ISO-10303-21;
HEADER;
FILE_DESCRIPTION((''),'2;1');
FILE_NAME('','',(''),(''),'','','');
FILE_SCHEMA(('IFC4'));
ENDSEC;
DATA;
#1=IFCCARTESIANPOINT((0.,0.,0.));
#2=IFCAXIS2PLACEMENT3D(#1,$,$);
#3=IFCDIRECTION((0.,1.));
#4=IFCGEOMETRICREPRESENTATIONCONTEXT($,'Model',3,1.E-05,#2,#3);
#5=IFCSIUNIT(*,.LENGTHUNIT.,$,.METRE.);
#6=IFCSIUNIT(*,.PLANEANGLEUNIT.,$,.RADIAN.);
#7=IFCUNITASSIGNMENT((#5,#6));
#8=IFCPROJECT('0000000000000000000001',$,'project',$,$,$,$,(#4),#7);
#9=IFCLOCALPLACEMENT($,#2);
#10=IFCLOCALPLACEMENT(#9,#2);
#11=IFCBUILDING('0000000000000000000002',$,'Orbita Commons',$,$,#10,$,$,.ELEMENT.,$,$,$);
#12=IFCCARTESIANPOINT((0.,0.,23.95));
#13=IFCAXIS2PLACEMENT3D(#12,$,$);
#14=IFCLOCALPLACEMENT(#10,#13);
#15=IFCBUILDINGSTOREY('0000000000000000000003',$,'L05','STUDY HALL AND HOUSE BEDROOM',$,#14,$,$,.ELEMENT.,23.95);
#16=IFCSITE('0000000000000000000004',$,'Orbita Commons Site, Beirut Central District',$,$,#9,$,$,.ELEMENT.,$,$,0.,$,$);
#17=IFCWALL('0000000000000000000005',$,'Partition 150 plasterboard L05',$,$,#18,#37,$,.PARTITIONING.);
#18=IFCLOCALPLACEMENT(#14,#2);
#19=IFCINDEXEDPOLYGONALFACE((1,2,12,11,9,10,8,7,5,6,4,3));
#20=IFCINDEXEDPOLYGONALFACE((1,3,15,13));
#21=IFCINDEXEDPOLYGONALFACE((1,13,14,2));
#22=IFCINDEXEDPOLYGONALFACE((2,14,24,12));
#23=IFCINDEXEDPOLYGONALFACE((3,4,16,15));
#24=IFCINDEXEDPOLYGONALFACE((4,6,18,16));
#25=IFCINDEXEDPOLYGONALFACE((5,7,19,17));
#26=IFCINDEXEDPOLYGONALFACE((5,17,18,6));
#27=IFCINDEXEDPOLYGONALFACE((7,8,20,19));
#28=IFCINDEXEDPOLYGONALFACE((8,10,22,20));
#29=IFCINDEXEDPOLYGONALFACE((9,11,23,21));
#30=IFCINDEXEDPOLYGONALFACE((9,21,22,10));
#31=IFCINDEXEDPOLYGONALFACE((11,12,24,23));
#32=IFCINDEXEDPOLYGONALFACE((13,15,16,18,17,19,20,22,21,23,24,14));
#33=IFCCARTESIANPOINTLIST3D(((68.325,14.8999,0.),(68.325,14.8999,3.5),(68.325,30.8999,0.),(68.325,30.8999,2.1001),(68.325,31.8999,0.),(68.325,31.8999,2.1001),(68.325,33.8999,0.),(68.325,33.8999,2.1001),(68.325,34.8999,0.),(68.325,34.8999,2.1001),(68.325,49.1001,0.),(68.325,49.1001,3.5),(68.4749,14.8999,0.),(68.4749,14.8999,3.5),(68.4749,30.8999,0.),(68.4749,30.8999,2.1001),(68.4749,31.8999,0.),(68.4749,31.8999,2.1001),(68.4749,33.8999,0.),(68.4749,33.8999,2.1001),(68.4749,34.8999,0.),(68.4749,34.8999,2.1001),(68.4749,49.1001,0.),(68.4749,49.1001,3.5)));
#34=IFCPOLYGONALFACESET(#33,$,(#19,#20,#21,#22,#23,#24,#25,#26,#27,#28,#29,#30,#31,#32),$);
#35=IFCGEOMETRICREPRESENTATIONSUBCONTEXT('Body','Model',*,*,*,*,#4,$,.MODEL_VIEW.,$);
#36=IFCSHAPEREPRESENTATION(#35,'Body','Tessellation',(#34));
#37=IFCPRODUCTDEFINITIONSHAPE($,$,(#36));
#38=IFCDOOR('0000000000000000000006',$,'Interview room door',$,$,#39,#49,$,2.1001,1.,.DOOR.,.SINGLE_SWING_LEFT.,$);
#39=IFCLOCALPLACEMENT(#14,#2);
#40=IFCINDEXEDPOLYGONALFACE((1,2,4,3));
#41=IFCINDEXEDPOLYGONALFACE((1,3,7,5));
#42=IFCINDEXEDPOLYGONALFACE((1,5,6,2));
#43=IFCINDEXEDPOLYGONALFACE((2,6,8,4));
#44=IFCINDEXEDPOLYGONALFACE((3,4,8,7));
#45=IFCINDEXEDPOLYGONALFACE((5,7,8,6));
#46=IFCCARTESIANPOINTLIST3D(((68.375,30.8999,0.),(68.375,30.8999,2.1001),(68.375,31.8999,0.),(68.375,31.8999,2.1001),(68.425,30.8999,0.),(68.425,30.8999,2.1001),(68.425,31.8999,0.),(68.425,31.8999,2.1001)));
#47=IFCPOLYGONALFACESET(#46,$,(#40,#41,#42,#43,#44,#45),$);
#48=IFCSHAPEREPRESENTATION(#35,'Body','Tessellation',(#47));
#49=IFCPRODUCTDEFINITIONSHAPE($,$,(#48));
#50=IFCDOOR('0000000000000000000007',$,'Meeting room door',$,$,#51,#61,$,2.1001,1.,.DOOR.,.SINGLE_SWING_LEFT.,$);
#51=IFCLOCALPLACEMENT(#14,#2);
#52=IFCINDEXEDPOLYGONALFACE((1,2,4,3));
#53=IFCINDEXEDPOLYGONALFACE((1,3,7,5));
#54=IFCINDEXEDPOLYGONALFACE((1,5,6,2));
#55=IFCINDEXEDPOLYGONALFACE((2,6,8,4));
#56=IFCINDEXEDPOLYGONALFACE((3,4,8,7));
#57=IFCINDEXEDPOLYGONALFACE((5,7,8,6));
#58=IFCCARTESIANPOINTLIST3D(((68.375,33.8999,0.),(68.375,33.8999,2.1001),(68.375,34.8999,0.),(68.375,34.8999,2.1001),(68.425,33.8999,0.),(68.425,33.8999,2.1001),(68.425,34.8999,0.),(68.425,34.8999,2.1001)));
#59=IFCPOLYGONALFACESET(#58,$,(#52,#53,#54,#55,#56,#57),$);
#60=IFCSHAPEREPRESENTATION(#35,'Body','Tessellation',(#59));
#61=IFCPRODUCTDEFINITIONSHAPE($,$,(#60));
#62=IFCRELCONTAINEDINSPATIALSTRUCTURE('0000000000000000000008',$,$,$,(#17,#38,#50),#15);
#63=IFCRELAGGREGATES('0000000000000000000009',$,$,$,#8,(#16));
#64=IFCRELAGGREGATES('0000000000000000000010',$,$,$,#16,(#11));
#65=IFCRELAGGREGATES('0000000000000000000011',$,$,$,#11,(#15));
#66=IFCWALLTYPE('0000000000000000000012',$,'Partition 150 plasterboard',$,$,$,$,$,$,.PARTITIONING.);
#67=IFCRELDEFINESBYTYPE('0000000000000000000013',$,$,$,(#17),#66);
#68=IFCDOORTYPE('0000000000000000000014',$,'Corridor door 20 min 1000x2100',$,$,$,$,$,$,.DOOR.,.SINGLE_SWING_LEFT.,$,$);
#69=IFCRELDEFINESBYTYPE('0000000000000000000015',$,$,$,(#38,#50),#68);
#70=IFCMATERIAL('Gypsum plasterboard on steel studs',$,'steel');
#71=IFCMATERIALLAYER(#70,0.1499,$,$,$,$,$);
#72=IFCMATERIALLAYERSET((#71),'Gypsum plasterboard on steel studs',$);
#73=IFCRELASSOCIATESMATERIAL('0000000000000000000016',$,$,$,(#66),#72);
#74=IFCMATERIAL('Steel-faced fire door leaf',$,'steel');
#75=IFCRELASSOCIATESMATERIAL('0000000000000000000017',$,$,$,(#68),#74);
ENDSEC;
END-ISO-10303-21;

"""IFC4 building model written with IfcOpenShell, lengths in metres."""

from ifc_helpers import new_model, si_unit, direction, frame, frame_2d, origin, place, context, subcontext, project, spatial, rectangle, extrude, material, layer, layer_set, type_object, element, fill, save


model = new_model("IFC4")

# Units and contexts
model_context = context("Model", 3, precision=1e-05, world=origin(), true_north=direction((0.0, 1.0)))
body_context = subcontext(model_context, "Body", "Model", "MODEL_VIEW")
ifc_project = project(units=[si_unit("LENGTHUNIT", "METRE"), si_unit("PLANEANGLEUNIT", "RADIAN")], contexts=[model_context])

# Site, building, storey
site_placement = place(None, origin())
site = spatial("IfcSite", under=ifc_project, at=site_placement, Name="Orbita Commons Site, Beirut Central District", CompositionType="ELEMENT", RefElevation=0.0)
building_placement = place(site_placement, origin())
building = spatial("IfcBuilding", under=site, at=building_placement, Name="Orbita Commons", CompositionType="ELEMENT")
storey_placement = place(building_placement, frame((0.0, 0.0, 23.95)))
storey = spatial("IfcBuildingStorey", under=building, at=storey_placement, Name="L05", Description="STUDY HALL AND HOUSE BEDROOM", CompositionType="ELEMENT", Elevation=23.95)

# Wall, openings, doors
ifc_material_1 = material(Name="Gypsum plasterboard on steel studs", Category="steel")
ifc_layer_1 = layer(ifc_material_1, 0.1499)
ifc_layer_set_1 = layer_set([ifc_layer_1], Name="Gypsum plasterboard on steel studs")
wall_type_1 = type_object("IfcWallType", Name="Partition 150 plasterboard", PredefinedType="PARTITIONING", material=ifc_layer_set_1)
wall_1_placement = place(storey_placement, frame((68.3999, 14.8999, 0.0), z_axis=(0.0, 0.0, 1.0), x_axis=(0.0, 1.0, 0.0)))
wall_1 = element("IfcWall", 1, at=wall_1_placement, inside=storey, type_object=wall_type_1, Name="Partition 150 plasterboard L05", PredefinedType="PARTITIONING", context=body_context, shape_type="SweptSolid", body=[
    extrude(rectangle(XDim=34.2002, YDim=0.1499, at=frame_2d((17.1001, 0.0))), origin(), (0.0, 0.0, 1.0), 3.5),
])
opening_1_placement = place(wall_1_placement, frame((16.0, 0.0, 0.0)))
opening_1 = element("IfcOpeningElement", 2, at=opening_1_placement, cuts=wall_1, PredefinedType="OPENING", context=body_context, shape_type="SweptSolid", body=[
    extrude(rectangle(XDim=1.0, YDim=2.1001, at=frame_2d((0.5, 1.05))), frame((0.0, 0.085, 0.0), z_axis=(0.0, -1.0, 0.0), x_axis=(1.0, 0.0, 0.0)), (0.0, 0.0, 1.0), 0.1699),
])
opening_2_placement = place(wall_1_placement, frame((19.0, 0.0, 0.0)))
opening_2 = element("IfcOpeningElement", 3, at=opening_2_placement, cuts=wall_1, PredefinedType="OPENING", context=body_context, shape_type="SweptSolid", body=[
    extrude(rectangle(XDim=1.0, YDim=2.1001, at=frame_2d((0.5, 1.05))), frame((0.0, 0.085, 0.0), z_axis=(0.0, -1.0, 0.0), x_axis=(1.0, 0.0, 0.0)), (0.0, 0.0, 1.0), 0.1699),
])
ifc_material_2 = material(Name="Steel-faced fire door leaf", Category="steel")
door_type_1 = type_object("IfcDoorType", Name="Corridor door 20 min 1000x2100", OperationType="SINGLE_SWING_LEFT", PredefinedType="DOOR", material=ifc_material_2)
door_1_placement = place(opening_1_placement, origin())
door_1 = element("IfcDoor", 4, at=door_1_placement, inside=storey, type_object=door_type_1, Name="Interview room door", OperationType="SINGLE_SWING_LEFT", OverallHeight=2.1001, OverallWidth=1.0, PredefinedType="DOOR", context=body_context, shape_type="SweptSolid", body=[
    extrude(rectangle(XDim=1.0, YDim=2.1001, at=frame_2d((0.5, 1.05))), frame((0.0, 0.0249, 0.0), z_axis=(0.0, -1.0, 0.0), x_axis=(1.0, 0.0, 0.0)), (0.0, 0.0, 1.0), 0.05),
])
fill(opening_1, door_1)
door_2_placement = place(opening_2_placement, origin())
door_2 = element("IfcDoor", 5, at=door_2_placement, inside=storey, type_object=door_type_1, Name="Meeting room door", OperationType="SINGLE_SWING_LEFT", OverallHeight=2.1001, OverallWidth=1.0, PredefinedType="DOOR", context=body_context, shape_type="SweptSolid", body=[
    extrude(rectangle(XDim=1.0, YDim=2.1001, at=frame_2d((0.5, 1.05))), frame((0.0, 0.0249, 0.0), z_axis=(0.0, -1.0, 0.0), x_axis=(1.0, 0.0, 0.0)), (0.0, 0.0, 1.0), 0.05),
])
fill(opening_2, door_2)

save(model, "model.ifc")
